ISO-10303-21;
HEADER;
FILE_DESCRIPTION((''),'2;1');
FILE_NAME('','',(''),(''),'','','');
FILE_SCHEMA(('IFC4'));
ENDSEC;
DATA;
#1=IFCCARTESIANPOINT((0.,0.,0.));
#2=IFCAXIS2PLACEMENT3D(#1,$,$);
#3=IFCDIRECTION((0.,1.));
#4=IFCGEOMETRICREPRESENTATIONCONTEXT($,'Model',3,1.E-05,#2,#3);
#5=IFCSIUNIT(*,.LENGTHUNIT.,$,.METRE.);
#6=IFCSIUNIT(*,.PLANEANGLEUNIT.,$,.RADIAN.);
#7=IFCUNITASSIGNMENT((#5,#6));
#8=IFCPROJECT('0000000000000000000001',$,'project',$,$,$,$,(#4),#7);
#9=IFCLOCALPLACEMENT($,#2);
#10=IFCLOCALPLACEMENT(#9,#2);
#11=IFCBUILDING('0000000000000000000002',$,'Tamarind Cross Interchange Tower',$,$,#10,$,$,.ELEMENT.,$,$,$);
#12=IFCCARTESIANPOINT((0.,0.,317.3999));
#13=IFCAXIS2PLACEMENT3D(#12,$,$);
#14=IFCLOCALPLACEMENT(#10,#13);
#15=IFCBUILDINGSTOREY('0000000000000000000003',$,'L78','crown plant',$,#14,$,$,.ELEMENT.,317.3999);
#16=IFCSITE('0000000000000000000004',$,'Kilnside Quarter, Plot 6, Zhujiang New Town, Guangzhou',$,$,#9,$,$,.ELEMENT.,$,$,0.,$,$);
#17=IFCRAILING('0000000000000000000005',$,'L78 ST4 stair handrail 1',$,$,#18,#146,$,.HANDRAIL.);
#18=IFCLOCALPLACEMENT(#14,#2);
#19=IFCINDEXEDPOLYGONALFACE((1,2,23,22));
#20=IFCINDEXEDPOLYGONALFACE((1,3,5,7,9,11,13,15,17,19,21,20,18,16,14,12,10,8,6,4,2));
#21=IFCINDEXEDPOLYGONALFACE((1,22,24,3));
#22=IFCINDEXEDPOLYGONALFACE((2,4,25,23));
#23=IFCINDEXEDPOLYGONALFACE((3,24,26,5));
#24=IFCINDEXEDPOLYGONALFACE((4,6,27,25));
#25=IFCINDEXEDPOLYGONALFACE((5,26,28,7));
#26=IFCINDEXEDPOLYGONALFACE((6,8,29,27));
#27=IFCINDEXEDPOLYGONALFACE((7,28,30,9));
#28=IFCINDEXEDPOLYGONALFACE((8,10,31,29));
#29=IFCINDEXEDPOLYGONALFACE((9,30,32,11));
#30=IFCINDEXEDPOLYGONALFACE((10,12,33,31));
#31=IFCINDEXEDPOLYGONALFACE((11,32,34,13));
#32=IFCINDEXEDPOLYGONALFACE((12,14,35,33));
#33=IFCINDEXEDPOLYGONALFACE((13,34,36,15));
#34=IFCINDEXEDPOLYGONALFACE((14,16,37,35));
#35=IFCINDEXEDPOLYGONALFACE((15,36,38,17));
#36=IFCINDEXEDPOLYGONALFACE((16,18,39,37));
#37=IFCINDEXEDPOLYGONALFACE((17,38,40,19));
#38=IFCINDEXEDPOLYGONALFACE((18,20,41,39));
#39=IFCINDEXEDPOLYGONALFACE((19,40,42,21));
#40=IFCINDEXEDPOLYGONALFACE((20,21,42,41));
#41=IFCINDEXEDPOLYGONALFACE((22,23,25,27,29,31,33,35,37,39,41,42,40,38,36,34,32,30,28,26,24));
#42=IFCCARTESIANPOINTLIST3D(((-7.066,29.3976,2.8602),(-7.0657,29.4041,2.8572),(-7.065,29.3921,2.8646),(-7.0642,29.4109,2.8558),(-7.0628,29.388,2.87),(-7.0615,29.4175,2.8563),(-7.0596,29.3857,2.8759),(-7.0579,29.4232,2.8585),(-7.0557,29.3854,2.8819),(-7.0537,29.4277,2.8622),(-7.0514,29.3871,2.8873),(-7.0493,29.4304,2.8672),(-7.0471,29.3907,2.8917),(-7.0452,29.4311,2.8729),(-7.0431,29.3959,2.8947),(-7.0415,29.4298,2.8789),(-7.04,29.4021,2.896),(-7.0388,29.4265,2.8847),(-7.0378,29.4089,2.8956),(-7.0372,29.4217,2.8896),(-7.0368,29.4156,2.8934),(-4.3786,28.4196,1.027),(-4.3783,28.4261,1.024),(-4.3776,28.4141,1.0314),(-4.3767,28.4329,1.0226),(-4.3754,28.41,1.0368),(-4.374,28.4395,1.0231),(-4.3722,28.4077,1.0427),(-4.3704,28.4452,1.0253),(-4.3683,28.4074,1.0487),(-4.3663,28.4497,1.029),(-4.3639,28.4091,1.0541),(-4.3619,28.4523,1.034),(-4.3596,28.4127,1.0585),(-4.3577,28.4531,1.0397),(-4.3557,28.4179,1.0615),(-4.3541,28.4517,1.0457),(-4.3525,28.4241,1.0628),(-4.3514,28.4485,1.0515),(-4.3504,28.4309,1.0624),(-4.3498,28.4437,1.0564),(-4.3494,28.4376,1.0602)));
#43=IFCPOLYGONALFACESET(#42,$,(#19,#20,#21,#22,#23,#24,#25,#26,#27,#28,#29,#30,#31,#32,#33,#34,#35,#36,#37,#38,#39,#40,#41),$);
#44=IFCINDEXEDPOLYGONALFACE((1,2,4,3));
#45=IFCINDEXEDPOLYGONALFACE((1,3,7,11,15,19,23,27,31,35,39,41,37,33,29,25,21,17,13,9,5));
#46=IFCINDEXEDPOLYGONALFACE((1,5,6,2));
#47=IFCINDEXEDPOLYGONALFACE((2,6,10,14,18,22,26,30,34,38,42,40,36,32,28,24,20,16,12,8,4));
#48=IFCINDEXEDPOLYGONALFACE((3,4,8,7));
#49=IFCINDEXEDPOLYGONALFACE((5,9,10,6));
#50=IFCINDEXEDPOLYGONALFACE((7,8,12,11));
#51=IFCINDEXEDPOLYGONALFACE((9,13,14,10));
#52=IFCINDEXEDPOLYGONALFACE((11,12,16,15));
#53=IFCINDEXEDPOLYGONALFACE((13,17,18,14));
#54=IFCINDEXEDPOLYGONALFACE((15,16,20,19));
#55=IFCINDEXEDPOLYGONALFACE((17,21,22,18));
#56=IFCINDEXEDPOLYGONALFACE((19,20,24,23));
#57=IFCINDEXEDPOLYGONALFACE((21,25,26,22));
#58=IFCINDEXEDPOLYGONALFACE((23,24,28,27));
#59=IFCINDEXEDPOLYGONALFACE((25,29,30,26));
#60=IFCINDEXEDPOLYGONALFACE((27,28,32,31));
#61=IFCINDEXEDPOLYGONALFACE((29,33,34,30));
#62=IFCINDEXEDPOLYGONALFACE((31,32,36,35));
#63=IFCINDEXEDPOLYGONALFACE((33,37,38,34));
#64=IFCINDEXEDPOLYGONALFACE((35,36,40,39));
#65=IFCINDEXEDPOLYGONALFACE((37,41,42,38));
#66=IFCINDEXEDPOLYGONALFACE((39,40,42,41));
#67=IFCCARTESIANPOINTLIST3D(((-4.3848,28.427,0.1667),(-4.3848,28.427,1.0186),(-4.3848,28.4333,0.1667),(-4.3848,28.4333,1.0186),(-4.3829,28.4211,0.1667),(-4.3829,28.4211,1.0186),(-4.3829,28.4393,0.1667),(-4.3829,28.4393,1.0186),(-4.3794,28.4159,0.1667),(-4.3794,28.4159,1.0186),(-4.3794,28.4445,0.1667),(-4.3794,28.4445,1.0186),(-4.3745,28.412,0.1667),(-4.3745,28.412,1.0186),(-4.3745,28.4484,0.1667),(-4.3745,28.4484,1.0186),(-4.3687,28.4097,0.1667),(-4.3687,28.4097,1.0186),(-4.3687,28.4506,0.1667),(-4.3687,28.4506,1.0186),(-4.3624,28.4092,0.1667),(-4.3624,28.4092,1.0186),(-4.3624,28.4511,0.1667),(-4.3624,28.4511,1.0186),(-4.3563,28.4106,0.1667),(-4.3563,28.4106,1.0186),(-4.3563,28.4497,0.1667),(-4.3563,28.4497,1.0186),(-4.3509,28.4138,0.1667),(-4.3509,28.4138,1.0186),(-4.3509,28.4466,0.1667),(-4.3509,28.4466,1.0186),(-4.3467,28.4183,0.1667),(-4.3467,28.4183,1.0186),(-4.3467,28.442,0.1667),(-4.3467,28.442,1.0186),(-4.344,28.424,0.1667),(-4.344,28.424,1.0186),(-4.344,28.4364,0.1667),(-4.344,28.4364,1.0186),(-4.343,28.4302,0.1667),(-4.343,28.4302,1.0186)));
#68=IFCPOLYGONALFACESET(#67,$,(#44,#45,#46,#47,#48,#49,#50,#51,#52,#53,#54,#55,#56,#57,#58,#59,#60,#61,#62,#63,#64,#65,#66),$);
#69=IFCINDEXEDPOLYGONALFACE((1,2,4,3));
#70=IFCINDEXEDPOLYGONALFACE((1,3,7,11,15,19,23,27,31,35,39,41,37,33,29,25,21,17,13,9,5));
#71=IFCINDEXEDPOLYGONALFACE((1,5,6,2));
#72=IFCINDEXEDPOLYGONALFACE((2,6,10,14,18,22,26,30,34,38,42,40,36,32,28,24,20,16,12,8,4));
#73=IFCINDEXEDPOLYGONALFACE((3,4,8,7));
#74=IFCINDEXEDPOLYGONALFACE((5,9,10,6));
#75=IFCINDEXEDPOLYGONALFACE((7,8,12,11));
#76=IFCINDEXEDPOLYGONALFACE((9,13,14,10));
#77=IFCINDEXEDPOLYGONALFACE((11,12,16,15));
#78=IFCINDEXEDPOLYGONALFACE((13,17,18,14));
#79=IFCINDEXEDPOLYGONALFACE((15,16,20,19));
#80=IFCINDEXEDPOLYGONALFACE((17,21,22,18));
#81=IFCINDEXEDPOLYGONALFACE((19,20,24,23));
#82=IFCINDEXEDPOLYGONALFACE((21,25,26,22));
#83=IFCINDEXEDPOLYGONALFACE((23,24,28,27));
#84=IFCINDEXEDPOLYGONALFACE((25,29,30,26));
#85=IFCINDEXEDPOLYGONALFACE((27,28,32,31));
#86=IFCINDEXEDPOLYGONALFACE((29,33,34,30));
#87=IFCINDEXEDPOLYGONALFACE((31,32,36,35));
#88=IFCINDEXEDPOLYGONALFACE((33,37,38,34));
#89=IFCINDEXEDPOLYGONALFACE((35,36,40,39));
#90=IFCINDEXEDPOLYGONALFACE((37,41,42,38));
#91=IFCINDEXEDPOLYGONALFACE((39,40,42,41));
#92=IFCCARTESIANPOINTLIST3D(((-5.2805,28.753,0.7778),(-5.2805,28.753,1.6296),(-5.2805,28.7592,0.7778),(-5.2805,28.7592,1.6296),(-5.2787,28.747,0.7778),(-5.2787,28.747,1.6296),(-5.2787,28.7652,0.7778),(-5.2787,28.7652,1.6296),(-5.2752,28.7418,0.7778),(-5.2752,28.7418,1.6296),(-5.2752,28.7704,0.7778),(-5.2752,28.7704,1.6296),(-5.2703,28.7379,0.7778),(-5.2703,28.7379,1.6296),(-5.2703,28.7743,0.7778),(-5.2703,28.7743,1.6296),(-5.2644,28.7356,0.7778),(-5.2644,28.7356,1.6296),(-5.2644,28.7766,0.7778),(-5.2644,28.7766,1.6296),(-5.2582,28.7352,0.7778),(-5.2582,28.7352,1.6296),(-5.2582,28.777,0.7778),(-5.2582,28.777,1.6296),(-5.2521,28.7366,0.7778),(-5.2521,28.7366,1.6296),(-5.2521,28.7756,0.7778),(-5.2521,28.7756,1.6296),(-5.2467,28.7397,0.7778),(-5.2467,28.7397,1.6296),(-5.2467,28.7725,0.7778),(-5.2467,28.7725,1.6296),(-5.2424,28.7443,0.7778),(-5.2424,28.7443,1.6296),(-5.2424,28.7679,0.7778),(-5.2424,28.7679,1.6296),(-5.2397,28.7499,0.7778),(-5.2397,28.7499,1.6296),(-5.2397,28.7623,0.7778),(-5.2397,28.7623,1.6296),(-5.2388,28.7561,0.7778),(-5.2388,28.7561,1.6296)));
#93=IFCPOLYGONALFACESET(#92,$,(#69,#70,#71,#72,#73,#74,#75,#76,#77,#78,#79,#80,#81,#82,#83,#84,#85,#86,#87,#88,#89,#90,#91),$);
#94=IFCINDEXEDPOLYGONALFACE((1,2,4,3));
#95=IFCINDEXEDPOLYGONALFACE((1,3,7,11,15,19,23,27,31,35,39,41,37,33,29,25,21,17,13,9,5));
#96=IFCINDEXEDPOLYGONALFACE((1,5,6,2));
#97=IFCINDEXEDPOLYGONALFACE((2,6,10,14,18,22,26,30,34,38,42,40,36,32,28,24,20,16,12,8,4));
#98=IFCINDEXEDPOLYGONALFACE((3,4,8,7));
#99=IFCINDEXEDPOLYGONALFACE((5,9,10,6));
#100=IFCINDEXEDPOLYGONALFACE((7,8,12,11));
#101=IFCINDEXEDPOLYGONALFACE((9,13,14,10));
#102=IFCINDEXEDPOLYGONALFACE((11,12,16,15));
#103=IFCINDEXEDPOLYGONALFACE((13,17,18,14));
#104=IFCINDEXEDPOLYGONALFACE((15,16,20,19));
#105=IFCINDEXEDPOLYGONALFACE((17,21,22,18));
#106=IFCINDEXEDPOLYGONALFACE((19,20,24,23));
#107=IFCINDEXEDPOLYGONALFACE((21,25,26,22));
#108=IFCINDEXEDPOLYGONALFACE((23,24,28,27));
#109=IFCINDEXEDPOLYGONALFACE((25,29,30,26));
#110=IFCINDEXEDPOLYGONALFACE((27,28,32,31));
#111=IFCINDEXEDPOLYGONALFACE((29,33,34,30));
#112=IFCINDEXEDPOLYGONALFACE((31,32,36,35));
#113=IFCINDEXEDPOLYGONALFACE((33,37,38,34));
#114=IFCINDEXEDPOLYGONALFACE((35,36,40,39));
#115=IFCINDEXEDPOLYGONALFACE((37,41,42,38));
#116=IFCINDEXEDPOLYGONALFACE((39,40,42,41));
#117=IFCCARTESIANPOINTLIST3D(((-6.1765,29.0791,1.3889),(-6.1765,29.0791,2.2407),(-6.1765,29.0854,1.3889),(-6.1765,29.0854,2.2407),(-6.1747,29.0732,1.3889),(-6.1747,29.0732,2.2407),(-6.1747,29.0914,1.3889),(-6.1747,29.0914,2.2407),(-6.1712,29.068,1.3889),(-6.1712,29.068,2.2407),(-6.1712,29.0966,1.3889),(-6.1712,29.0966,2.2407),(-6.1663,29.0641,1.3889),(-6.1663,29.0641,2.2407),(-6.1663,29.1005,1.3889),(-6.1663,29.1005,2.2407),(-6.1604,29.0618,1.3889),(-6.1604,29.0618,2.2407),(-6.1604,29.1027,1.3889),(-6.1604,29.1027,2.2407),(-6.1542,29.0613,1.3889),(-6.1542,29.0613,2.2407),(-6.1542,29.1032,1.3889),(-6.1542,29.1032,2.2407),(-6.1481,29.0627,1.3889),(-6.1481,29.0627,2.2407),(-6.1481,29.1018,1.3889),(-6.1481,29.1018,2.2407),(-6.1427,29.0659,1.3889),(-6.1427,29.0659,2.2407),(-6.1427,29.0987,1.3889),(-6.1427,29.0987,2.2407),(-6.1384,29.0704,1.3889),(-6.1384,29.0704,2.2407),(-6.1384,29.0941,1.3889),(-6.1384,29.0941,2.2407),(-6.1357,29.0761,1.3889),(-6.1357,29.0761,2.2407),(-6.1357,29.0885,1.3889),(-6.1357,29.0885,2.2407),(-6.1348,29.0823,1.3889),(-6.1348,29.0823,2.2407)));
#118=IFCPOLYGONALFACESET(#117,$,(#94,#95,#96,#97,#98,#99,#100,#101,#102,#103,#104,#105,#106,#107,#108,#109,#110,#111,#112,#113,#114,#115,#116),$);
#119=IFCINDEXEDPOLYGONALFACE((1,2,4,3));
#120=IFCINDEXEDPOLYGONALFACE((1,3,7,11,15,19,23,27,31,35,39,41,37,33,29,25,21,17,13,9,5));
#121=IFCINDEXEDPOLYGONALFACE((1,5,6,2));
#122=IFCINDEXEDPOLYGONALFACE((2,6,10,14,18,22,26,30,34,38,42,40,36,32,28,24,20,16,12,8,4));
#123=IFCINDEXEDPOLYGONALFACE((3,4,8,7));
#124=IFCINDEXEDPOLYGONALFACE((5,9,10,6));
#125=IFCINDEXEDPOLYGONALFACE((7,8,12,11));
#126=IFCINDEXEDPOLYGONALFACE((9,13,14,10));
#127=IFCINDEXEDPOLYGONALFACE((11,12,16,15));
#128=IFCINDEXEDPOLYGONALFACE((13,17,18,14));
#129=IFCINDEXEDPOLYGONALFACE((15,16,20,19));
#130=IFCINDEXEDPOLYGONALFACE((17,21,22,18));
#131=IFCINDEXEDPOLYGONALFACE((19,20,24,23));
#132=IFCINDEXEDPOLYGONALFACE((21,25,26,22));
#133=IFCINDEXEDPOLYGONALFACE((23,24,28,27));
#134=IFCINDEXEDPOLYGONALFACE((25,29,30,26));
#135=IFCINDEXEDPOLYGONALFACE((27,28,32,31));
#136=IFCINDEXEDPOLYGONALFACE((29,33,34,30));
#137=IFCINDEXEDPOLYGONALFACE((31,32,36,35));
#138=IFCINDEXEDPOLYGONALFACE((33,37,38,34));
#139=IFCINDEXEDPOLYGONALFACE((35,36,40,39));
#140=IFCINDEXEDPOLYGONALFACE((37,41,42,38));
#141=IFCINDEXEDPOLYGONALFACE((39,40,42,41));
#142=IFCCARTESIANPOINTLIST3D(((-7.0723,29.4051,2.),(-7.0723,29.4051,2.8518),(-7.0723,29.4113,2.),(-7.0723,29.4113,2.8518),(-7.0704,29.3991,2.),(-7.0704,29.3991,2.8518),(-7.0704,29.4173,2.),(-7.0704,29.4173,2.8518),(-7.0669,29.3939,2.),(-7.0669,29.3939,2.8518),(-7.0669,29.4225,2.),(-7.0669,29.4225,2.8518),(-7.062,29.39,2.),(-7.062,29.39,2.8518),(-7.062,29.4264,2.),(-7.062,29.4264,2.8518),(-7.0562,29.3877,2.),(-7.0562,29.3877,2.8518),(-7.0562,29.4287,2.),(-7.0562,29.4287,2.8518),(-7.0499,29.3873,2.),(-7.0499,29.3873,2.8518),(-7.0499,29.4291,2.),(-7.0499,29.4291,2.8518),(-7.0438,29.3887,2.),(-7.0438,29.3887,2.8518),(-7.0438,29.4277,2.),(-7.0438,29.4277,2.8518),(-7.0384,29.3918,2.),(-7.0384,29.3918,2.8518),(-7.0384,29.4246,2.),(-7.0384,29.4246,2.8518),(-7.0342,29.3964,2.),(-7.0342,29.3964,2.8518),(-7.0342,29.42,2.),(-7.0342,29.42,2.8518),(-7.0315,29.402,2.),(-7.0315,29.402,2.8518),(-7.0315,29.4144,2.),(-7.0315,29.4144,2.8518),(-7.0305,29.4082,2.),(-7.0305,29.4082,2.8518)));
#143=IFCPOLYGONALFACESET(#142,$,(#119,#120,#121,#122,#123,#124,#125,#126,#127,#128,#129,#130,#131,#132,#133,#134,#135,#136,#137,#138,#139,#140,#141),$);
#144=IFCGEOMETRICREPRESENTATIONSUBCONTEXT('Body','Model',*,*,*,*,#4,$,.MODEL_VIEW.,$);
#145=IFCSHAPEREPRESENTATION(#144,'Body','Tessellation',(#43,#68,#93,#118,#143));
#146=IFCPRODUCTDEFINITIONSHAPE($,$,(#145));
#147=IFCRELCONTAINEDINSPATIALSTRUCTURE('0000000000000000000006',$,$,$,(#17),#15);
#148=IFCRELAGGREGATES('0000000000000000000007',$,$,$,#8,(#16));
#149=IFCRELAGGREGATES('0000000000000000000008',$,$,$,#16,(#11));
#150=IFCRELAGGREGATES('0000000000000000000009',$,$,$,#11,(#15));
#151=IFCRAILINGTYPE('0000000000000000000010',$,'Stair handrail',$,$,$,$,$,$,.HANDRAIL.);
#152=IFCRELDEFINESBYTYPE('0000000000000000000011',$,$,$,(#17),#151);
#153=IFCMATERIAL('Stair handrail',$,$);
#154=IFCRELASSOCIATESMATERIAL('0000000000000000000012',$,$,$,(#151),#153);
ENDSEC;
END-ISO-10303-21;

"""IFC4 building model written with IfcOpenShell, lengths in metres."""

from ifc_helpers import new_model, si_unit, direction, frame, origin, origin_2d, place, context, subcontext, project, spatial, circle, extrude, material, type_object, element, save


model = new_model("IFC4")

# Units and contexts
model_context = context("Model", 3, precision=1e-05, world=origin(), true_north=direction((0.0, 1.0)))
body_context = subcontext(model_context, "Body", "Model", "MODEL_VIEW")
ifc_project = project(units=[si_unit("LENGTHUNIT", "METRE"), si_unit("PLANEANGLEUNIT", "RADIAN")], contexts=[model_context])

# Site, building, storey
site_placement = place(None, origin())
site = spatial("IfcSite", under=ifc_project, at=site_placement, Name="Kilnside Quarter, Plot 6, Zhujiang New Town, Guangzhou", CompositionType="ELEMENT", RefElevation=0.0)
building_placement = place(site_placement, origin())
building = spatial("IfcBuilding", under=site, at=building_placement, Name="Tamarind Cross Interchange Tower", CompositionType="ELEMENT")
storey_placement = place(building_placement, frame((0.0, 0.0, 317.3999)))
storey = spatial("IfcBuildingStorey", under=building, at=storey_placement, Name="L78", Description="crown plant", CompositionType="ELEMENT", Elevation=317.3999)

# Railing
ifc_material_1 = material(Name="Stair handrail")
railing_type_1 = type_object("IfcRailingType", Name="Stair handrail", PredefinedType="HANDRAIL", material=ifc_material_1)
railing_1_placement = place(storey_placement, frame((-4.364, 28.4302, 0.1667)))
element("IfcRailing", 1, at=railing_1_placement, inside=storey, type_object=railing_type_1, Name="L78 ST4 stair handrail 1", PredefinedType="HANDRAIL", context=body_context, shape_type="SweptSolid", body=[
    extrude(circle(Radius=0.0239, at=origin_2d()), frame((0.0, 0.0, 0.876), z_axis=(-0.791126, 0.287904, 0.539659), x_axis=(-0.341976, -0.939709, 0.0)), (0.0, 0.0, 1.0), 3.397),
    extrude(circle(Radius=0.021, at=origin_2d()), origin(), (0.0, 0.0, 1.0), 0.8518),
    extrude(circle(Radius=0.021, at=origin_2d()), frame((-0.8958, 0.3259, 0.6111)), (0.0, 0.0, 1.0), 0.8518),
    extrude(circle(Radius=0.021, at=origin_2d()), frame((-1.7917, 0.6521, 1.2222)), (0.0, 0.0, 1.0), 0.8518),
    extrude(circle(Radius=0.021, at=origin_2d()), frame((-2.6875, 0.978, 1.8333)), (0.0, 0.0, 1.0), 0.8518),
])

save(model, "model.ifc")
